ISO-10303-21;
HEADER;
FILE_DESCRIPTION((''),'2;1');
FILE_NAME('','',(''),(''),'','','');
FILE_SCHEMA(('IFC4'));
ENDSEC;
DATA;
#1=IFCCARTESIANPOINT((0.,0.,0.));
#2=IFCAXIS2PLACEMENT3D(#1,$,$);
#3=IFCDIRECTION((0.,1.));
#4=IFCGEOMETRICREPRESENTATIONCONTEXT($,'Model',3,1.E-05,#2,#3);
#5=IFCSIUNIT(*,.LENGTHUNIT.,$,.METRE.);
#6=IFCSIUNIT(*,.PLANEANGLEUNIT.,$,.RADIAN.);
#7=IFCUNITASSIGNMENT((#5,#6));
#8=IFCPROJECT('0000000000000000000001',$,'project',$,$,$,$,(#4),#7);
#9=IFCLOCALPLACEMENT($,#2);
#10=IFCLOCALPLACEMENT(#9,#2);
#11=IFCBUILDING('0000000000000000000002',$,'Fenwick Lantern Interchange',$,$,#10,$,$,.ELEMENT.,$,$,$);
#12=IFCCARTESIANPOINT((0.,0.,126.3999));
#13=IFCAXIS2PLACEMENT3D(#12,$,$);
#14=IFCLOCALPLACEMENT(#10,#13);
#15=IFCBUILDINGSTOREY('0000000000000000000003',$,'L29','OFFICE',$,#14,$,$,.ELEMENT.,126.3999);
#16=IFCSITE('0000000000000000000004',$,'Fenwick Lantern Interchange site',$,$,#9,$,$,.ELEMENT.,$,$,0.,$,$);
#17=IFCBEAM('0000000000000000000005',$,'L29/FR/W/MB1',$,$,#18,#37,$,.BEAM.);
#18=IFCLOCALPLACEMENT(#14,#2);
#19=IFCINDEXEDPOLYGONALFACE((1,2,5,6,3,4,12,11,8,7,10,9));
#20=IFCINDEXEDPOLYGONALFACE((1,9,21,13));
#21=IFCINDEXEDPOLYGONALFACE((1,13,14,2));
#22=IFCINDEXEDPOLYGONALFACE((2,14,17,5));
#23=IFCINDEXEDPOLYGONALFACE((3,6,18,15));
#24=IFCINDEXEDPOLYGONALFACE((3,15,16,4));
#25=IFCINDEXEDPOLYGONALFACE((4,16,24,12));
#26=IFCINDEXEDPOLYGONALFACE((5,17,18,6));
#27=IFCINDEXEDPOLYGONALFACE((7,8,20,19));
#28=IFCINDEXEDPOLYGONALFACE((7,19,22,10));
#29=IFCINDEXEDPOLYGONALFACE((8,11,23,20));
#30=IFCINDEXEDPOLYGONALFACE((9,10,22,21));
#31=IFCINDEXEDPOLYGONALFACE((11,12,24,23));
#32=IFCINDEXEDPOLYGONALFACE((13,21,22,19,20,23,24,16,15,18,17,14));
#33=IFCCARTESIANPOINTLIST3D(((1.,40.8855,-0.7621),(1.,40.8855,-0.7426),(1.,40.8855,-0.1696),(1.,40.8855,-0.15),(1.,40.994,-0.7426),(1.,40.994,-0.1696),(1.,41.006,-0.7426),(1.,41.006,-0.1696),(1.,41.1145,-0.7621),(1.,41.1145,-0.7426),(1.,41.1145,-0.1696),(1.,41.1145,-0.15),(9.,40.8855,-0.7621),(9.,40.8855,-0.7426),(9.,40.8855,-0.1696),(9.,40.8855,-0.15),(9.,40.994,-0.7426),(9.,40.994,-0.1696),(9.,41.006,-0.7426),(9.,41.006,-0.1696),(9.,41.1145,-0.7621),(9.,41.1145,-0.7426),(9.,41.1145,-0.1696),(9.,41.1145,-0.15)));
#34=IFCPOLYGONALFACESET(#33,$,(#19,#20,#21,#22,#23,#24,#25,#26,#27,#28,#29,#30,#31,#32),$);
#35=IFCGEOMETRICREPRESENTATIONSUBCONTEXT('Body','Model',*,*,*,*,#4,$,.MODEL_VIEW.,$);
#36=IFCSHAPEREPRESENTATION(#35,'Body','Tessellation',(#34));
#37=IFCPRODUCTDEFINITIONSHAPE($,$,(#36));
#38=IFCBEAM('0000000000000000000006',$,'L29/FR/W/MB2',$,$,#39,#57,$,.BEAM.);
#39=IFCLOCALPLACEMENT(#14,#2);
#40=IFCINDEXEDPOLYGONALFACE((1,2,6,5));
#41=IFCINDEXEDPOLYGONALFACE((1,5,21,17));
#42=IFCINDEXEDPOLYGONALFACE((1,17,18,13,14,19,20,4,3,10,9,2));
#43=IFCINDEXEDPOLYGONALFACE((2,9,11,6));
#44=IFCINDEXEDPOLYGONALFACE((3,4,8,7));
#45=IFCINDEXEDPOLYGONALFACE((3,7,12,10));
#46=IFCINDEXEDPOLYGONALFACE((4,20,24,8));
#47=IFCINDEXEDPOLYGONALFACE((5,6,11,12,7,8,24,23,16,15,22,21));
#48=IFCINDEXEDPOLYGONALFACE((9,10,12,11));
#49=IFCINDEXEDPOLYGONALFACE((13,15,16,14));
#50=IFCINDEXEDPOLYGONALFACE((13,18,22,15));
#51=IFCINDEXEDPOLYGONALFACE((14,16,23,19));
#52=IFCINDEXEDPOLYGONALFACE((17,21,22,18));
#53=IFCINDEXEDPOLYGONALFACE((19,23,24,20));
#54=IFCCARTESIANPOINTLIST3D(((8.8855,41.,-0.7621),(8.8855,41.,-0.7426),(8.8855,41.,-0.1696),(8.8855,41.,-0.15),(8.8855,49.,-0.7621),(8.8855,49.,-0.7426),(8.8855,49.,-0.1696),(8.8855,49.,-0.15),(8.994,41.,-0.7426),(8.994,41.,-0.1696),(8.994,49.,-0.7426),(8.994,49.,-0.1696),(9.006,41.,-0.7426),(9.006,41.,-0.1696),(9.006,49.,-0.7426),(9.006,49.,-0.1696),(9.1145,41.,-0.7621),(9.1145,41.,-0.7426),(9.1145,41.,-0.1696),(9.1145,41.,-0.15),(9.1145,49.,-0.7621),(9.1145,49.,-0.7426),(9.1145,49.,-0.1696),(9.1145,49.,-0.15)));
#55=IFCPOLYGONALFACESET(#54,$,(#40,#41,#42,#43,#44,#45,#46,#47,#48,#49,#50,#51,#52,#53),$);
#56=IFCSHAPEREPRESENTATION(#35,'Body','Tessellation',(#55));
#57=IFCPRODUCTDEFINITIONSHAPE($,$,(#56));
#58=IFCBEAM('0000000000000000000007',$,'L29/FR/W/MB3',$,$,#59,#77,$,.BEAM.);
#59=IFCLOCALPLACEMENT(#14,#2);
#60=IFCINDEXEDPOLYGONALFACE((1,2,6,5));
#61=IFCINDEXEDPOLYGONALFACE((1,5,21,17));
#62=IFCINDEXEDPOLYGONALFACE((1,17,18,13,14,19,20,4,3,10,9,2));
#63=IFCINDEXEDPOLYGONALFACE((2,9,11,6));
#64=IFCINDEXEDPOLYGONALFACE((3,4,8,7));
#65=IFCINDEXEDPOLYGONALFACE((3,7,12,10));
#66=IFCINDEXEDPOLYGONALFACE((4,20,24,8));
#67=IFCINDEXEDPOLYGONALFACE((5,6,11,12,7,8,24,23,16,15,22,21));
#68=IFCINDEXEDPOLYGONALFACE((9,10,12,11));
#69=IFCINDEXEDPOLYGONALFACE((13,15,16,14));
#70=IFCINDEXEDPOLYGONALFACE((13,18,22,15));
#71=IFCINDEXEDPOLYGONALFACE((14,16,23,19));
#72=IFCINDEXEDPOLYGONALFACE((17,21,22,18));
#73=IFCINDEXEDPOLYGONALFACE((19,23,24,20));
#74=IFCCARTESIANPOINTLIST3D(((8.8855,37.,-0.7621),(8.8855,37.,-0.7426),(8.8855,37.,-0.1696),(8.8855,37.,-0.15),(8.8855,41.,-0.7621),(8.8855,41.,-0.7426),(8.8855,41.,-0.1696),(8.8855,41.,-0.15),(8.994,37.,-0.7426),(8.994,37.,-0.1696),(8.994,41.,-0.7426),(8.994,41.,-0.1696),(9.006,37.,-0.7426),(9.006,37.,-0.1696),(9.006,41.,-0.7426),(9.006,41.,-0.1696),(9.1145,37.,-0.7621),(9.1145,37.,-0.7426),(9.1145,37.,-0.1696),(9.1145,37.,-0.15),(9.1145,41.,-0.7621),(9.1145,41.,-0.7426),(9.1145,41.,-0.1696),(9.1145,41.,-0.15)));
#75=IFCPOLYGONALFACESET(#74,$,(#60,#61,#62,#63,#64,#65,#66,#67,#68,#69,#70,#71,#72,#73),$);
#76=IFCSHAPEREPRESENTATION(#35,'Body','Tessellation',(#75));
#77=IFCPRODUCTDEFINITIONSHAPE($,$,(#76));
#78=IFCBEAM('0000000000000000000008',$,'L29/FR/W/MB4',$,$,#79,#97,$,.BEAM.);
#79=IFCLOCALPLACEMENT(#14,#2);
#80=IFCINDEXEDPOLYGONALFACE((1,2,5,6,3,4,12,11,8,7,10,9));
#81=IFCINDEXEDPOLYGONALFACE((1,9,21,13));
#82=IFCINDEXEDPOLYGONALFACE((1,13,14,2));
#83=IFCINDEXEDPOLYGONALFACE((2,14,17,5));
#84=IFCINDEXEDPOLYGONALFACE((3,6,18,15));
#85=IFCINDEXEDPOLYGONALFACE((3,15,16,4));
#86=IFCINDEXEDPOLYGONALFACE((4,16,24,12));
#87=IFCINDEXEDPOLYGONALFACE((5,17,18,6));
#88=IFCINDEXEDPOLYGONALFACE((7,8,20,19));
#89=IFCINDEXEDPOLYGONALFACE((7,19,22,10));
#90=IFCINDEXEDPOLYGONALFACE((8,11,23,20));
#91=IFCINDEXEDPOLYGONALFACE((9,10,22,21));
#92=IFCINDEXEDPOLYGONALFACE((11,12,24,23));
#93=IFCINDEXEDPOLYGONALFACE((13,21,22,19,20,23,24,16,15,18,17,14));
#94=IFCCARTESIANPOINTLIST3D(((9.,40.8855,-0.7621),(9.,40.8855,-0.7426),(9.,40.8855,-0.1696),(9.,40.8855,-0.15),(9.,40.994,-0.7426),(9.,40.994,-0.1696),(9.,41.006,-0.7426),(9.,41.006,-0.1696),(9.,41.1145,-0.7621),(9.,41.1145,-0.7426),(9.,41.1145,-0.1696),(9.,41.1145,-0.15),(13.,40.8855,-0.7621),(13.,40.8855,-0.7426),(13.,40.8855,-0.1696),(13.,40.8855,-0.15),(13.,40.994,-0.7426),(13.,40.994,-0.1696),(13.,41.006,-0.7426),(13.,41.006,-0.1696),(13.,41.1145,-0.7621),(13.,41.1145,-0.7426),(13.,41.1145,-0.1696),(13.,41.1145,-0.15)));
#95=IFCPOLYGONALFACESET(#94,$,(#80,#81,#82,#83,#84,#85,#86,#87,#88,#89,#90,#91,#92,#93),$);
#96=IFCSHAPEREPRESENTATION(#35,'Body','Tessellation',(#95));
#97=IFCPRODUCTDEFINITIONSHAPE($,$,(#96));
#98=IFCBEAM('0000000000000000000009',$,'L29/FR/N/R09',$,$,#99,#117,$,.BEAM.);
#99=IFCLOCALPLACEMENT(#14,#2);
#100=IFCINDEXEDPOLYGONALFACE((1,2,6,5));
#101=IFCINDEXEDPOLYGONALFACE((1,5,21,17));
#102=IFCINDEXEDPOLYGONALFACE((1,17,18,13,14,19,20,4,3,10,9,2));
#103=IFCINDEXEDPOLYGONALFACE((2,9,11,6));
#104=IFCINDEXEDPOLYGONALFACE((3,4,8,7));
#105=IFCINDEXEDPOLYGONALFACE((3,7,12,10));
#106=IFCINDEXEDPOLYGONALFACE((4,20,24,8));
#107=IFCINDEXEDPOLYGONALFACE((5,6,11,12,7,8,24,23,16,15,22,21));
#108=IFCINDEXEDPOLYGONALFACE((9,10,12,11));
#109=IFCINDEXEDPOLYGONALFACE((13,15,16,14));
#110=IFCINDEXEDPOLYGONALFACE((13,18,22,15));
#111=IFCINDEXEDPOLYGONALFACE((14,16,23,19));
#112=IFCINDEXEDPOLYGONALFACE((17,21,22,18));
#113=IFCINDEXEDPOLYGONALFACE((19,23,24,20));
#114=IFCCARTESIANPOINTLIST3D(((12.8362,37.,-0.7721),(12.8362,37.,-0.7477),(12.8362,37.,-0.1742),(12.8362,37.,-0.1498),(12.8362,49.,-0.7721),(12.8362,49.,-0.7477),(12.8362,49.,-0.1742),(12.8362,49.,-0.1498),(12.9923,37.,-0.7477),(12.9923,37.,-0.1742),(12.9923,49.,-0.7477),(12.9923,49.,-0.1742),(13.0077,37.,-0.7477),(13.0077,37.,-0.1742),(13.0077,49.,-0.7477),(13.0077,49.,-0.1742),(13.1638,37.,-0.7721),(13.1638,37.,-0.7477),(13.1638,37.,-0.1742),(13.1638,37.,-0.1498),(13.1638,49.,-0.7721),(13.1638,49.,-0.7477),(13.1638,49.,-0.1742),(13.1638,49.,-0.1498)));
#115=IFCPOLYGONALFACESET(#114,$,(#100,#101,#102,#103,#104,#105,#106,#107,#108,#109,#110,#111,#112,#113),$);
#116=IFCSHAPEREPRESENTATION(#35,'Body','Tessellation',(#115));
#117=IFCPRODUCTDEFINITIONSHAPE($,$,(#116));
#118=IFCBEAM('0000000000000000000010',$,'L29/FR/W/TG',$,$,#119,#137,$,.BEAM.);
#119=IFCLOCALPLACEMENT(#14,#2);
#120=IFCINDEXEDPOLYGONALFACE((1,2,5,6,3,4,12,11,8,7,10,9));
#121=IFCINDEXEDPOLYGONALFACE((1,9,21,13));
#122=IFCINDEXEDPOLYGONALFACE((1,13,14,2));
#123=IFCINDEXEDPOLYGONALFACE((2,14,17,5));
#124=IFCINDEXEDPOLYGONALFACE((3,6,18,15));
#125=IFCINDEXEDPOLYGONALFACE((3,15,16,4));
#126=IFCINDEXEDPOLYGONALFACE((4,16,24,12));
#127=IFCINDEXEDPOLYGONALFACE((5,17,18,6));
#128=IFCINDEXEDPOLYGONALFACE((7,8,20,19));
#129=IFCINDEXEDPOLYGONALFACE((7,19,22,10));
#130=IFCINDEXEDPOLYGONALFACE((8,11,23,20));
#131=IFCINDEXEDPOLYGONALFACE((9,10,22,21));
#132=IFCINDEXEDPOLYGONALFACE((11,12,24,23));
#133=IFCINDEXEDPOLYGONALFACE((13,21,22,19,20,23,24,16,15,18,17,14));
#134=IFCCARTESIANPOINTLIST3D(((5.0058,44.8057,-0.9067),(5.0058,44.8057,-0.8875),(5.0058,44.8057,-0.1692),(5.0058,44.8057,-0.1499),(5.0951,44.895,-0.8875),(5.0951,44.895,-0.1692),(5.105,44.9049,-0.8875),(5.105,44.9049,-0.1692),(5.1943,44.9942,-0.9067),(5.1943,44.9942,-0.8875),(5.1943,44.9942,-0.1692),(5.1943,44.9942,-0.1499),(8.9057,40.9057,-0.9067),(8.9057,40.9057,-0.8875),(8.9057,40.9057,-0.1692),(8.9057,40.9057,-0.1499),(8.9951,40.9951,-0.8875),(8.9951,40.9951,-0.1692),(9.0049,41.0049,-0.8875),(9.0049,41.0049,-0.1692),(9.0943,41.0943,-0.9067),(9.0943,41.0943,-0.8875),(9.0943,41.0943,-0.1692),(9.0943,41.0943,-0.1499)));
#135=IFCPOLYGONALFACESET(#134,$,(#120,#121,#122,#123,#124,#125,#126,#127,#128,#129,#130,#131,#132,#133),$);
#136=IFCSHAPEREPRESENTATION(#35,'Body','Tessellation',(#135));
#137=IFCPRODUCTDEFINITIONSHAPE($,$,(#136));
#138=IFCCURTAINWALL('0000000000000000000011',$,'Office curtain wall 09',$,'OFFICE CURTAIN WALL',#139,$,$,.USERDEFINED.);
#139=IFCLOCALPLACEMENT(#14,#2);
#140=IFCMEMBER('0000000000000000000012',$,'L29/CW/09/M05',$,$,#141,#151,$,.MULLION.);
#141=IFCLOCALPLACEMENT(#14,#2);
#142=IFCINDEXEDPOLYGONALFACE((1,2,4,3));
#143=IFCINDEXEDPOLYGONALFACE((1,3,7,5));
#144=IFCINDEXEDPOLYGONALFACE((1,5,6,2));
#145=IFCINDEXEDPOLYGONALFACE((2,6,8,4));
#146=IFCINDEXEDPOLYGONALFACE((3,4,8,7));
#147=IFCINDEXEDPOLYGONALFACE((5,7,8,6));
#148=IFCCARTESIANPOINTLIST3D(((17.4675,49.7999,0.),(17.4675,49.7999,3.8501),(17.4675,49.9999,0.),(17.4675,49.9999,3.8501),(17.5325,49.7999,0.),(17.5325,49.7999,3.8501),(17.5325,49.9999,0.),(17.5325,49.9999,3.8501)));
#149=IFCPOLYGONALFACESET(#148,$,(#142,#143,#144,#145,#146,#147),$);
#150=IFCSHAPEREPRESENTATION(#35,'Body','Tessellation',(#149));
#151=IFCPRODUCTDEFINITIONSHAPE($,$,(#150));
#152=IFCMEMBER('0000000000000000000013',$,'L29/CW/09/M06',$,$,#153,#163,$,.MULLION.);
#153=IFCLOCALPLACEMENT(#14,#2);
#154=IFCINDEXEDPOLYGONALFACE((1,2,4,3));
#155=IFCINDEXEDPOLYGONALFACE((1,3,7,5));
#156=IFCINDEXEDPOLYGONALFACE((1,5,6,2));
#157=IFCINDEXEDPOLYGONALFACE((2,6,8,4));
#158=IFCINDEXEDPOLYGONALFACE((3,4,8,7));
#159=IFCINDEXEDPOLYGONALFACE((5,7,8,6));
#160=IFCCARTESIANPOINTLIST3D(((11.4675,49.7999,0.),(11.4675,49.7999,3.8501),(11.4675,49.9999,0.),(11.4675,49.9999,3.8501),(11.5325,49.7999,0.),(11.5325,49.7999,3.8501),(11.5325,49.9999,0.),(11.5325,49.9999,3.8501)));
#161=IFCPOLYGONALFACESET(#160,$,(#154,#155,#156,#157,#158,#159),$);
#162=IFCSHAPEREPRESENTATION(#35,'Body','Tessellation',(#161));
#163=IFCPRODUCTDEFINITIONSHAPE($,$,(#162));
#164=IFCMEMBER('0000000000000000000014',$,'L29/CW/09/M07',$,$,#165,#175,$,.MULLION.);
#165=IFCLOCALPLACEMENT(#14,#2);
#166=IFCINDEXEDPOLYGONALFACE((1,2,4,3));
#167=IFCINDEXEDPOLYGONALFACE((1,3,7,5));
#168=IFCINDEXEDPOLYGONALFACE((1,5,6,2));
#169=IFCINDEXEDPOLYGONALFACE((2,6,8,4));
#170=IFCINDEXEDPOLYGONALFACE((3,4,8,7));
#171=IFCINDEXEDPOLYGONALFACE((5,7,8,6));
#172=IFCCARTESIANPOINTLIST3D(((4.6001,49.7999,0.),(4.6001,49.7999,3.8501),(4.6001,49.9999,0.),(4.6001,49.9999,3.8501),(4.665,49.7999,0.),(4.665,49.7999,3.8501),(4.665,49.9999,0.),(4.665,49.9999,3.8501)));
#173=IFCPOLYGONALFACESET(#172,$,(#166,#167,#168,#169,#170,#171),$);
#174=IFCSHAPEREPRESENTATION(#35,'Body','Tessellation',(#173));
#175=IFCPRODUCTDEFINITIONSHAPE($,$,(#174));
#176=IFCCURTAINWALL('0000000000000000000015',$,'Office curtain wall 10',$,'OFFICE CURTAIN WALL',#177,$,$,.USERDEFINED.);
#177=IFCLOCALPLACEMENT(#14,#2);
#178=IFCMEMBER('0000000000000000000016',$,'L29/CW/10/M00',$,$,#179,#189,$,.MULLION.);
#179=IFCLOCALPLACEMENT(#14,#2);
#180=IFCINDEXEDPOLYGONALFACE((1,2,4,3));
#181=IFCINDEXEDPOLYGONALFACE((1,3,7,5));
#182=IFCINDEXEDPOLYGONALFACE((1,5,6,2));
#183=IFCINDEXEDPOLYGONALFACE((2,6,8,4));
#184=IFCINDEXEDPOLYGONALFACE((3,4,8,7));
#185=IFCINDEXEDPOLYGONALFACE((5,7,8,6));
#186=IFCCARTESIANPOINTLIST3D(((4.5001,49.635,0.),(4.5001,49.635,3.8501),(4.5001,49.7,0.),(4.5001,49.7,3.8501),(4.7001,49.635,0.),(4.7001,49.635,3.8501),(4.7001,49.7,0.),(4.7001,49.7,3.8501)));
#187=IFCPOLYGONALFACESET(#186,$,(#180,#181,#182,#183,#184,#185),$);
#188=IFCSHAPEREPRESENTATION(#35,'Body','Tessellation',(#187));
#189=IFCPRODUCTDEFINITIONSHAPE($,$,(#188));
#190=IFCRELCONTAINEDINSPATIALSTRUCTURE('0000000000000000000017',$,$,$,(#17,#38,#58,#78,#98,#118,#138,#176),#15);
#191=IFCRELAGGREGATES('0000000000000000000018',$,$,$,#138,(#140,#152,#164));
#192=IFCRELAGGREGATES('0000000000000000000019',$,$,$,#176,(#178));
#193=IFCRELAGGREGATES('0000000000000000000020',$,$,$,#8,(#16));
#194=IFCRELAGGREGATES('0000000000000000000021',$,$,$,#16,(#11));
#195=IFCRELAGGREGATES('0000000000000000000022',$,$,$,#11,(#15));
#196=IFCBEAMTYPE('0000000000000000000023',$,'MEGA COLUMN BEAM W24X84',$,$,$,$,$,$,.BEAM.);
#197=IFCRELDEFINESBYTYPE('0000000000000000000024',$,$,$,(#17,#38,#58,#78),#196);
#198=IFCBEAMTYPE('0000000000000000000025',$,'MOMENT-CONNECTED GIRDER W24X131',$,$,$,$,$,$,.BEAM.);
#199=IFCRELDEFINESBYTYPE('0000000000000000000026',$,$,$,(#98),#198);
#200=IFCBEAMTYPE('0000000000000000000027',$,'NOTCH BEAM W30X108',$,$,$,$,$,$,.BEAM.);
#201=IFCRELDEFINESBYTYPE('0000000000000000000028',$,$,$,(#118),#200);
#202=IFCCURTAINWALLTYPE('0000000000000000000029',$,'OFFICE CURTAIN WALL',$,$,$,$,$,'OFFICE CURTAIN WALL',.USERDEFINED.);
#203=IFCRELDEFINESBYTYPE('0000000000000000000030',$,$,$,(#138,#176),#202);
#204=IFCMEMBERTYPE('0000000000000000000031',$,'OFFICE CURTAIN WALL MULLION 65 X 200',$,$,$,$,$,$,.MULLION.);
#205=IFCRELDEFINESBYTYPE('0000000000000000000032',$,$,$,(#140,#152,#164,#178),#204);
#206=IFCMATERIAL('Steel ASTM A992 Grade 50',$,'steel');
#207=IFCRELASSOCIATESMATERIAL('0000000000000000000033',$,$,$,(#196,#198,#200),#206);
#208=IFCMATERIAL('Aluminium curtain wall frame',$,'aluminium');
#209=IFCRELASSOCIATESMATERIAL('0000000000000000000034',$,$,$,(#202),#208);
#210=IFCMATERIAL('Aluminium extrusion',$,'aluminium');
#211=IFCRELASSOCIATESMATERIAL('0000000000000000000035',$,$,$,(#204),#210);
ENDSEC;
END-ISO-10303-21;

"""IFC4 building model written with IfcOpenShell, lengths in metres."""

from ifc_helpers import new_model, si_unit, direction, frame, origin, origin_2d, place, context, subcontext, project, spatial, rectangle, i_section, extrude, material, material_profile, profile_set, type_object, element, aggregate, save


model = new_model("IFC4")

# Units and contexts
model_context = context("Model", 3, precision=1e-05, world=origin(), true_north=direction((0.0, 1.0)))
body_context = subcontext(model_context, "Body", "Model", "MODEL_VIEW")
ifc_project = project(units=[si_unit("LENGTHUNIT", "METRE"), si_unit("PLANEANGLEUNIT", "RADIAN")], contexts=[model_context])

# Site, building, storey
site_placement = place(None, origin())
site = spatial("IfcSite", under=ifc_project, at=site_placement, Name="Fenwick Lantern Interchange site", CompositionType="ELEMENT", RefElevation=0.0)
building_placement = place(site_placement, origin())
building = spatial("IfcBuilding", under=site, at=building_placement, Name="Fenwick Lantern Interchange", CompositionType="ELEMENT")
storey_placement = place(building_placement, frame((0.0, 0.0, 126.3999)))
storey = spatial("IfcBuildingStorey", under=building, at=storey_placement, Name="L29", Description="OFFICE", CompositionType="ELEMENT", Elevation=126.3999)

# Shared definitions
ifc_material_1 = material(Name="Steel ASTM A992 Grade 50", Category="steel")

# Beams
ifc_material_profile_1 = material_profile(ifc_material_1, i_section(OverallWidth=0.229, OverallDepth=0.6121, WebThickness=0.012, FlangeThickness=0.0195, at=origin_2d()), Name="W24X84")
ifc_profile_set_1 = profile_set([ifc_material_profile_1], Name="Steel ASTM A992 Grade 50")
beam_type_1 = type_object("IfcBeamType", Name="MEGA COLUMN BEAM W24X84", PredefinedType="BEAM", material=ifc_profile_set_1)
for number, where, z_axis, x_axis, name in (
    (1, (9.0, 41.0, -0.4561), (-1.0, 0.0, 0.0), (0.0, -1.0, 0.0), "L29/FR/W/MB1"),
    (2, (9.0, 41.0, -0.4561), (0.0, 1.0, 0.0), (-1.0, 0.0, 0.0), "L29/FR/W/MB2"),
):
    element("IfcBeam", number, at=place(storey_placement, frame(where, z_axis=z_axis, x_axis=x_axis)), inside=storey, type_object=beam_type_1, Name=name, PredefinedType="BEAM", context=body_context, shape_type="SweptSolid", body=[
        extrude(i_section(OverallWidth=0.229, OverallDepth=0.6121, WebThickness=0.012, FlangeThickness=0.0195, at=origin_2d()), origin(), (0.0, 0.0, 1.0), 8.0),
    ])
for number, where, z_axis, x_axis, name in (
    (3, (9.0, 41.0, -0.4561), (0.0, -1.0, 0.0), (1.0, 0.0, 0.0), "L29/FR/W/MB3"),
    (4, (9.0, 41.0, -0.4561), (1.0, 0.0, 0.0), (0.0, 1.0, 0.0), "L29/FR/W/MB4"),
):
    element("IfcBeam", number, at=place(storey_placement, frame(where, z_axis=z_axis, x_axis=x_axis)), inside=storey, type_object=beam_type_1, Name=name, PredefinedType="BEAM", context=body_context, shape_type="SweptSolid", body=[
        extrude(i_section(OverallWidth=0.229, OverallDepth=0.6121, WebThickness=0.012, FlangeThickness=0.0195, at=origin_2d()), origin(), (0.0, 0.0, 1.0), 4.0),
    ])
ifc_material_profile_2 = material_profile(ifc_material_1, i_section(OverallWidth=0.3276, OverallDepth=0.6223, WebThickness=0.0154, FlangeThickness=0.0244, at=origin_2d()), Name="W24X131")
ifc_profile_set_2 = profile_set([ifc_material_profile_2], Name="Steel ASTM A992 Grade 50")
beam_type_2 = type_object("IfcBeamType", Name="MOMENT-CONNECTED GIRDER W24X131", PredefinedType="BEAM", material=ifc_profile_set_2)
beam_1_placement = place(storey_placement, frame((13.0, 49.0, -0.4609), z_axis=(0.0, -1.0, 0.0), x_axis=(1.0, 0.0, 0.0)))
element("IfcBeam", 5, at=beam_1_placement, inside=storey, type_object=beam_type_2, Name="L29/FR/N/R09", PredefinedType="BEAM", context=body_context, shape_type="SweptSolid", body=[
    extrude(i_section(OverallWidth=0.3276, OverallDepth=0.6223, WebThickness=0.0154, FlangeThickness=0.0244, at=origin_2d()), origin(), (0.0, 0.0, 1.0), 12.0),
])
ifc_material_profile_3 = material_profile(ifc_material_1, i_section(OverallWidth=0.2666, OverallDepth=0.7568, WebThickness=0.0139, FlangeThickness=0.0193, at=origin_2d()), Name="W30X108")
ifc_profile_set_3 = profile_set([ifc_material_profile_3], Name="Steel ASTM A992 Grade 50")
beam_type_3 = type_object("IfcBeamType", Name="NOTCH BEAM W30X108", PredefinedType="BEAM", material=ifc_profile_set_3)
beam_2_placement = place(storey_placement, frame((9.0, 41.0, -0.5283), z_axis=(-0.707107, 0.707107, 0.0), x_axis=(-0.707107, -0.707107, 0.0)))
element("IfcBeam", 6, at=beam_2_placement, inside=storey, type_object=beam_type_3, Name="L29/FR/W/TG", PredefinedType="BEAM", context=body_context, shape_type="SweptSolid", body=[
    extrude(i_section(OverallWidth=0.2666, OverallDepth=0.7568, WebThickness=0.0139, FlangeThickness=0.0193, at=origin_2d()), origin(), (0.0, 0.0, 1.0), 5.5154),
])

# Curtain wall, members
ifc_material_2 = material(Name="Aluminium curtain wall frame", Category="aluminium")
curtain_wall_type = type_object("IfcCurtainWallType", Name="OFFICE CURTAIN WALL", ElementType="OFFICE CURTAIN WALL", PredefinedType="USERDEFINED", material=ifc_material_2)
curtain_wall_1_placement = place(storey_placement, origin())
curtain_wall_1 = element("IfcCurtainWall", 7, at=curtain_wall_1_placement, inside=storey, type_object=curtain_wall_type, Name="Office curtain wall 09", ObjectType="OFFICE CURTAIN WALL", PredefinedType="USERDEFINED")
ifc_material_3 = material(Name="Aluminium extrusion", Category="aluminium")
ifc_material_profile_4 = material_profile(ifc_material_3, rectangle(XDim=0.2, YDim=0.0649, at=origin_2d()), Name="OFFICE CURTAIN WALL MULLION 65 X 200")
ifc_profile_set_4 = profile_set([ifc_material_profile_4], Name="Aluminium extrusion")
member_type_1 = type_object("IfcMemberType", Name="OFFICE CURTAIN WALL MULLION 65 X 200", PredefinedType="MULLION", material=ifc_profile_set_4)
member_1_placement = place(storey_placement, frame((17.5, 49.8999, 0.0), z_axis=(0.0, 0.0, 1.0), x_axis=(0.0, -1.0, 0.0)))
member_1 = element("IfcMember", 8, at=member_1_placement, type_object=member_type_1, Name="L29/CW/09/M05", PredefinedType="MULLION", context=body_context, shape_type="SweptSolid", body=[
    extrude(rectangle(XDim=0.2, YDim=0.0649, at=origin_2d()), origin(), (0.0, 0.0, 1.0), 3.8501),
])
member_2_placement = place(storey_placement, frame((11.5, 49.8999, 0.0), z_axis=(0.0, 0.0, 1.0), x_axis=(0.0, -1.0, 0.0)))
member_2 = element("IfcMember", 9, at=member_2_placement, type_object=member_type_1, Name="L29/CW/09/M06", PredefinedType="MULLION", context=body_context, shape_type="SweptSolid", body=[
    extrude(rectangle(XDim=0.2, YDim=0.0649, at=origin_2d()), origin(), (0.0, 0.0, 1.0), 3.8501),
])
member_3_placement = place(storey_placement, frame((4.6326, 49.8999, 0.0), z_axis=(0.0, 0.0, 1.0), x_axis=(0.0, -1.0, 0.0)))
member_3 = element("IfcMember", 10, at=member_3_placement, type_object=member_type_1, Name="L29/CW/09/M07", PredefinedType="MULLION", context=body_context, shape_type="SweptSolid", body=[
    extrude(rectangle(XDim=0.2, YDim=0.0649, at=origin_2d()), origin(), (0.0, 0.0, 1.0), 3.8501),
])

# Curtain wall, member
curtain_wall_2_placement = place(storey_placement, origin())
curtain_wall_2 = element("IfcCurtainWall", 11, at=curtain_wall_2_placement, inside=storey, type_object=curtain_wall_type, Name="Office curtain wall 10", ObjectType="OFFICE CURTAIN WALL", PredefinedType="USERDEFINED")
member_4_placement = place(storey_placement, frame((4.6001, 49.6675, 0.0), z_axis=(0.0, 0.0, 1.0), x_axis=(1.0, 0.0, 0.0)))
member_4 = element("IfcMember", 12, at=member_4_placement, type_object=member_type_1, Name="L29/CW/10/M00", PredefinedType="MULLION", context=body_context, shape_type="SweptSolid", body=[
    extrude(rectangle(XDim=0.2, YDim=0.0649, at=origin_2d()), origin(), (0.0, 0.0, 1.0), 3.8501),
])

aggregate(curtain_wall_1, [member_1, member_2, member_3])

aggregate(curtain_wall_2, [member_4])

save(model, "model.ifc")
